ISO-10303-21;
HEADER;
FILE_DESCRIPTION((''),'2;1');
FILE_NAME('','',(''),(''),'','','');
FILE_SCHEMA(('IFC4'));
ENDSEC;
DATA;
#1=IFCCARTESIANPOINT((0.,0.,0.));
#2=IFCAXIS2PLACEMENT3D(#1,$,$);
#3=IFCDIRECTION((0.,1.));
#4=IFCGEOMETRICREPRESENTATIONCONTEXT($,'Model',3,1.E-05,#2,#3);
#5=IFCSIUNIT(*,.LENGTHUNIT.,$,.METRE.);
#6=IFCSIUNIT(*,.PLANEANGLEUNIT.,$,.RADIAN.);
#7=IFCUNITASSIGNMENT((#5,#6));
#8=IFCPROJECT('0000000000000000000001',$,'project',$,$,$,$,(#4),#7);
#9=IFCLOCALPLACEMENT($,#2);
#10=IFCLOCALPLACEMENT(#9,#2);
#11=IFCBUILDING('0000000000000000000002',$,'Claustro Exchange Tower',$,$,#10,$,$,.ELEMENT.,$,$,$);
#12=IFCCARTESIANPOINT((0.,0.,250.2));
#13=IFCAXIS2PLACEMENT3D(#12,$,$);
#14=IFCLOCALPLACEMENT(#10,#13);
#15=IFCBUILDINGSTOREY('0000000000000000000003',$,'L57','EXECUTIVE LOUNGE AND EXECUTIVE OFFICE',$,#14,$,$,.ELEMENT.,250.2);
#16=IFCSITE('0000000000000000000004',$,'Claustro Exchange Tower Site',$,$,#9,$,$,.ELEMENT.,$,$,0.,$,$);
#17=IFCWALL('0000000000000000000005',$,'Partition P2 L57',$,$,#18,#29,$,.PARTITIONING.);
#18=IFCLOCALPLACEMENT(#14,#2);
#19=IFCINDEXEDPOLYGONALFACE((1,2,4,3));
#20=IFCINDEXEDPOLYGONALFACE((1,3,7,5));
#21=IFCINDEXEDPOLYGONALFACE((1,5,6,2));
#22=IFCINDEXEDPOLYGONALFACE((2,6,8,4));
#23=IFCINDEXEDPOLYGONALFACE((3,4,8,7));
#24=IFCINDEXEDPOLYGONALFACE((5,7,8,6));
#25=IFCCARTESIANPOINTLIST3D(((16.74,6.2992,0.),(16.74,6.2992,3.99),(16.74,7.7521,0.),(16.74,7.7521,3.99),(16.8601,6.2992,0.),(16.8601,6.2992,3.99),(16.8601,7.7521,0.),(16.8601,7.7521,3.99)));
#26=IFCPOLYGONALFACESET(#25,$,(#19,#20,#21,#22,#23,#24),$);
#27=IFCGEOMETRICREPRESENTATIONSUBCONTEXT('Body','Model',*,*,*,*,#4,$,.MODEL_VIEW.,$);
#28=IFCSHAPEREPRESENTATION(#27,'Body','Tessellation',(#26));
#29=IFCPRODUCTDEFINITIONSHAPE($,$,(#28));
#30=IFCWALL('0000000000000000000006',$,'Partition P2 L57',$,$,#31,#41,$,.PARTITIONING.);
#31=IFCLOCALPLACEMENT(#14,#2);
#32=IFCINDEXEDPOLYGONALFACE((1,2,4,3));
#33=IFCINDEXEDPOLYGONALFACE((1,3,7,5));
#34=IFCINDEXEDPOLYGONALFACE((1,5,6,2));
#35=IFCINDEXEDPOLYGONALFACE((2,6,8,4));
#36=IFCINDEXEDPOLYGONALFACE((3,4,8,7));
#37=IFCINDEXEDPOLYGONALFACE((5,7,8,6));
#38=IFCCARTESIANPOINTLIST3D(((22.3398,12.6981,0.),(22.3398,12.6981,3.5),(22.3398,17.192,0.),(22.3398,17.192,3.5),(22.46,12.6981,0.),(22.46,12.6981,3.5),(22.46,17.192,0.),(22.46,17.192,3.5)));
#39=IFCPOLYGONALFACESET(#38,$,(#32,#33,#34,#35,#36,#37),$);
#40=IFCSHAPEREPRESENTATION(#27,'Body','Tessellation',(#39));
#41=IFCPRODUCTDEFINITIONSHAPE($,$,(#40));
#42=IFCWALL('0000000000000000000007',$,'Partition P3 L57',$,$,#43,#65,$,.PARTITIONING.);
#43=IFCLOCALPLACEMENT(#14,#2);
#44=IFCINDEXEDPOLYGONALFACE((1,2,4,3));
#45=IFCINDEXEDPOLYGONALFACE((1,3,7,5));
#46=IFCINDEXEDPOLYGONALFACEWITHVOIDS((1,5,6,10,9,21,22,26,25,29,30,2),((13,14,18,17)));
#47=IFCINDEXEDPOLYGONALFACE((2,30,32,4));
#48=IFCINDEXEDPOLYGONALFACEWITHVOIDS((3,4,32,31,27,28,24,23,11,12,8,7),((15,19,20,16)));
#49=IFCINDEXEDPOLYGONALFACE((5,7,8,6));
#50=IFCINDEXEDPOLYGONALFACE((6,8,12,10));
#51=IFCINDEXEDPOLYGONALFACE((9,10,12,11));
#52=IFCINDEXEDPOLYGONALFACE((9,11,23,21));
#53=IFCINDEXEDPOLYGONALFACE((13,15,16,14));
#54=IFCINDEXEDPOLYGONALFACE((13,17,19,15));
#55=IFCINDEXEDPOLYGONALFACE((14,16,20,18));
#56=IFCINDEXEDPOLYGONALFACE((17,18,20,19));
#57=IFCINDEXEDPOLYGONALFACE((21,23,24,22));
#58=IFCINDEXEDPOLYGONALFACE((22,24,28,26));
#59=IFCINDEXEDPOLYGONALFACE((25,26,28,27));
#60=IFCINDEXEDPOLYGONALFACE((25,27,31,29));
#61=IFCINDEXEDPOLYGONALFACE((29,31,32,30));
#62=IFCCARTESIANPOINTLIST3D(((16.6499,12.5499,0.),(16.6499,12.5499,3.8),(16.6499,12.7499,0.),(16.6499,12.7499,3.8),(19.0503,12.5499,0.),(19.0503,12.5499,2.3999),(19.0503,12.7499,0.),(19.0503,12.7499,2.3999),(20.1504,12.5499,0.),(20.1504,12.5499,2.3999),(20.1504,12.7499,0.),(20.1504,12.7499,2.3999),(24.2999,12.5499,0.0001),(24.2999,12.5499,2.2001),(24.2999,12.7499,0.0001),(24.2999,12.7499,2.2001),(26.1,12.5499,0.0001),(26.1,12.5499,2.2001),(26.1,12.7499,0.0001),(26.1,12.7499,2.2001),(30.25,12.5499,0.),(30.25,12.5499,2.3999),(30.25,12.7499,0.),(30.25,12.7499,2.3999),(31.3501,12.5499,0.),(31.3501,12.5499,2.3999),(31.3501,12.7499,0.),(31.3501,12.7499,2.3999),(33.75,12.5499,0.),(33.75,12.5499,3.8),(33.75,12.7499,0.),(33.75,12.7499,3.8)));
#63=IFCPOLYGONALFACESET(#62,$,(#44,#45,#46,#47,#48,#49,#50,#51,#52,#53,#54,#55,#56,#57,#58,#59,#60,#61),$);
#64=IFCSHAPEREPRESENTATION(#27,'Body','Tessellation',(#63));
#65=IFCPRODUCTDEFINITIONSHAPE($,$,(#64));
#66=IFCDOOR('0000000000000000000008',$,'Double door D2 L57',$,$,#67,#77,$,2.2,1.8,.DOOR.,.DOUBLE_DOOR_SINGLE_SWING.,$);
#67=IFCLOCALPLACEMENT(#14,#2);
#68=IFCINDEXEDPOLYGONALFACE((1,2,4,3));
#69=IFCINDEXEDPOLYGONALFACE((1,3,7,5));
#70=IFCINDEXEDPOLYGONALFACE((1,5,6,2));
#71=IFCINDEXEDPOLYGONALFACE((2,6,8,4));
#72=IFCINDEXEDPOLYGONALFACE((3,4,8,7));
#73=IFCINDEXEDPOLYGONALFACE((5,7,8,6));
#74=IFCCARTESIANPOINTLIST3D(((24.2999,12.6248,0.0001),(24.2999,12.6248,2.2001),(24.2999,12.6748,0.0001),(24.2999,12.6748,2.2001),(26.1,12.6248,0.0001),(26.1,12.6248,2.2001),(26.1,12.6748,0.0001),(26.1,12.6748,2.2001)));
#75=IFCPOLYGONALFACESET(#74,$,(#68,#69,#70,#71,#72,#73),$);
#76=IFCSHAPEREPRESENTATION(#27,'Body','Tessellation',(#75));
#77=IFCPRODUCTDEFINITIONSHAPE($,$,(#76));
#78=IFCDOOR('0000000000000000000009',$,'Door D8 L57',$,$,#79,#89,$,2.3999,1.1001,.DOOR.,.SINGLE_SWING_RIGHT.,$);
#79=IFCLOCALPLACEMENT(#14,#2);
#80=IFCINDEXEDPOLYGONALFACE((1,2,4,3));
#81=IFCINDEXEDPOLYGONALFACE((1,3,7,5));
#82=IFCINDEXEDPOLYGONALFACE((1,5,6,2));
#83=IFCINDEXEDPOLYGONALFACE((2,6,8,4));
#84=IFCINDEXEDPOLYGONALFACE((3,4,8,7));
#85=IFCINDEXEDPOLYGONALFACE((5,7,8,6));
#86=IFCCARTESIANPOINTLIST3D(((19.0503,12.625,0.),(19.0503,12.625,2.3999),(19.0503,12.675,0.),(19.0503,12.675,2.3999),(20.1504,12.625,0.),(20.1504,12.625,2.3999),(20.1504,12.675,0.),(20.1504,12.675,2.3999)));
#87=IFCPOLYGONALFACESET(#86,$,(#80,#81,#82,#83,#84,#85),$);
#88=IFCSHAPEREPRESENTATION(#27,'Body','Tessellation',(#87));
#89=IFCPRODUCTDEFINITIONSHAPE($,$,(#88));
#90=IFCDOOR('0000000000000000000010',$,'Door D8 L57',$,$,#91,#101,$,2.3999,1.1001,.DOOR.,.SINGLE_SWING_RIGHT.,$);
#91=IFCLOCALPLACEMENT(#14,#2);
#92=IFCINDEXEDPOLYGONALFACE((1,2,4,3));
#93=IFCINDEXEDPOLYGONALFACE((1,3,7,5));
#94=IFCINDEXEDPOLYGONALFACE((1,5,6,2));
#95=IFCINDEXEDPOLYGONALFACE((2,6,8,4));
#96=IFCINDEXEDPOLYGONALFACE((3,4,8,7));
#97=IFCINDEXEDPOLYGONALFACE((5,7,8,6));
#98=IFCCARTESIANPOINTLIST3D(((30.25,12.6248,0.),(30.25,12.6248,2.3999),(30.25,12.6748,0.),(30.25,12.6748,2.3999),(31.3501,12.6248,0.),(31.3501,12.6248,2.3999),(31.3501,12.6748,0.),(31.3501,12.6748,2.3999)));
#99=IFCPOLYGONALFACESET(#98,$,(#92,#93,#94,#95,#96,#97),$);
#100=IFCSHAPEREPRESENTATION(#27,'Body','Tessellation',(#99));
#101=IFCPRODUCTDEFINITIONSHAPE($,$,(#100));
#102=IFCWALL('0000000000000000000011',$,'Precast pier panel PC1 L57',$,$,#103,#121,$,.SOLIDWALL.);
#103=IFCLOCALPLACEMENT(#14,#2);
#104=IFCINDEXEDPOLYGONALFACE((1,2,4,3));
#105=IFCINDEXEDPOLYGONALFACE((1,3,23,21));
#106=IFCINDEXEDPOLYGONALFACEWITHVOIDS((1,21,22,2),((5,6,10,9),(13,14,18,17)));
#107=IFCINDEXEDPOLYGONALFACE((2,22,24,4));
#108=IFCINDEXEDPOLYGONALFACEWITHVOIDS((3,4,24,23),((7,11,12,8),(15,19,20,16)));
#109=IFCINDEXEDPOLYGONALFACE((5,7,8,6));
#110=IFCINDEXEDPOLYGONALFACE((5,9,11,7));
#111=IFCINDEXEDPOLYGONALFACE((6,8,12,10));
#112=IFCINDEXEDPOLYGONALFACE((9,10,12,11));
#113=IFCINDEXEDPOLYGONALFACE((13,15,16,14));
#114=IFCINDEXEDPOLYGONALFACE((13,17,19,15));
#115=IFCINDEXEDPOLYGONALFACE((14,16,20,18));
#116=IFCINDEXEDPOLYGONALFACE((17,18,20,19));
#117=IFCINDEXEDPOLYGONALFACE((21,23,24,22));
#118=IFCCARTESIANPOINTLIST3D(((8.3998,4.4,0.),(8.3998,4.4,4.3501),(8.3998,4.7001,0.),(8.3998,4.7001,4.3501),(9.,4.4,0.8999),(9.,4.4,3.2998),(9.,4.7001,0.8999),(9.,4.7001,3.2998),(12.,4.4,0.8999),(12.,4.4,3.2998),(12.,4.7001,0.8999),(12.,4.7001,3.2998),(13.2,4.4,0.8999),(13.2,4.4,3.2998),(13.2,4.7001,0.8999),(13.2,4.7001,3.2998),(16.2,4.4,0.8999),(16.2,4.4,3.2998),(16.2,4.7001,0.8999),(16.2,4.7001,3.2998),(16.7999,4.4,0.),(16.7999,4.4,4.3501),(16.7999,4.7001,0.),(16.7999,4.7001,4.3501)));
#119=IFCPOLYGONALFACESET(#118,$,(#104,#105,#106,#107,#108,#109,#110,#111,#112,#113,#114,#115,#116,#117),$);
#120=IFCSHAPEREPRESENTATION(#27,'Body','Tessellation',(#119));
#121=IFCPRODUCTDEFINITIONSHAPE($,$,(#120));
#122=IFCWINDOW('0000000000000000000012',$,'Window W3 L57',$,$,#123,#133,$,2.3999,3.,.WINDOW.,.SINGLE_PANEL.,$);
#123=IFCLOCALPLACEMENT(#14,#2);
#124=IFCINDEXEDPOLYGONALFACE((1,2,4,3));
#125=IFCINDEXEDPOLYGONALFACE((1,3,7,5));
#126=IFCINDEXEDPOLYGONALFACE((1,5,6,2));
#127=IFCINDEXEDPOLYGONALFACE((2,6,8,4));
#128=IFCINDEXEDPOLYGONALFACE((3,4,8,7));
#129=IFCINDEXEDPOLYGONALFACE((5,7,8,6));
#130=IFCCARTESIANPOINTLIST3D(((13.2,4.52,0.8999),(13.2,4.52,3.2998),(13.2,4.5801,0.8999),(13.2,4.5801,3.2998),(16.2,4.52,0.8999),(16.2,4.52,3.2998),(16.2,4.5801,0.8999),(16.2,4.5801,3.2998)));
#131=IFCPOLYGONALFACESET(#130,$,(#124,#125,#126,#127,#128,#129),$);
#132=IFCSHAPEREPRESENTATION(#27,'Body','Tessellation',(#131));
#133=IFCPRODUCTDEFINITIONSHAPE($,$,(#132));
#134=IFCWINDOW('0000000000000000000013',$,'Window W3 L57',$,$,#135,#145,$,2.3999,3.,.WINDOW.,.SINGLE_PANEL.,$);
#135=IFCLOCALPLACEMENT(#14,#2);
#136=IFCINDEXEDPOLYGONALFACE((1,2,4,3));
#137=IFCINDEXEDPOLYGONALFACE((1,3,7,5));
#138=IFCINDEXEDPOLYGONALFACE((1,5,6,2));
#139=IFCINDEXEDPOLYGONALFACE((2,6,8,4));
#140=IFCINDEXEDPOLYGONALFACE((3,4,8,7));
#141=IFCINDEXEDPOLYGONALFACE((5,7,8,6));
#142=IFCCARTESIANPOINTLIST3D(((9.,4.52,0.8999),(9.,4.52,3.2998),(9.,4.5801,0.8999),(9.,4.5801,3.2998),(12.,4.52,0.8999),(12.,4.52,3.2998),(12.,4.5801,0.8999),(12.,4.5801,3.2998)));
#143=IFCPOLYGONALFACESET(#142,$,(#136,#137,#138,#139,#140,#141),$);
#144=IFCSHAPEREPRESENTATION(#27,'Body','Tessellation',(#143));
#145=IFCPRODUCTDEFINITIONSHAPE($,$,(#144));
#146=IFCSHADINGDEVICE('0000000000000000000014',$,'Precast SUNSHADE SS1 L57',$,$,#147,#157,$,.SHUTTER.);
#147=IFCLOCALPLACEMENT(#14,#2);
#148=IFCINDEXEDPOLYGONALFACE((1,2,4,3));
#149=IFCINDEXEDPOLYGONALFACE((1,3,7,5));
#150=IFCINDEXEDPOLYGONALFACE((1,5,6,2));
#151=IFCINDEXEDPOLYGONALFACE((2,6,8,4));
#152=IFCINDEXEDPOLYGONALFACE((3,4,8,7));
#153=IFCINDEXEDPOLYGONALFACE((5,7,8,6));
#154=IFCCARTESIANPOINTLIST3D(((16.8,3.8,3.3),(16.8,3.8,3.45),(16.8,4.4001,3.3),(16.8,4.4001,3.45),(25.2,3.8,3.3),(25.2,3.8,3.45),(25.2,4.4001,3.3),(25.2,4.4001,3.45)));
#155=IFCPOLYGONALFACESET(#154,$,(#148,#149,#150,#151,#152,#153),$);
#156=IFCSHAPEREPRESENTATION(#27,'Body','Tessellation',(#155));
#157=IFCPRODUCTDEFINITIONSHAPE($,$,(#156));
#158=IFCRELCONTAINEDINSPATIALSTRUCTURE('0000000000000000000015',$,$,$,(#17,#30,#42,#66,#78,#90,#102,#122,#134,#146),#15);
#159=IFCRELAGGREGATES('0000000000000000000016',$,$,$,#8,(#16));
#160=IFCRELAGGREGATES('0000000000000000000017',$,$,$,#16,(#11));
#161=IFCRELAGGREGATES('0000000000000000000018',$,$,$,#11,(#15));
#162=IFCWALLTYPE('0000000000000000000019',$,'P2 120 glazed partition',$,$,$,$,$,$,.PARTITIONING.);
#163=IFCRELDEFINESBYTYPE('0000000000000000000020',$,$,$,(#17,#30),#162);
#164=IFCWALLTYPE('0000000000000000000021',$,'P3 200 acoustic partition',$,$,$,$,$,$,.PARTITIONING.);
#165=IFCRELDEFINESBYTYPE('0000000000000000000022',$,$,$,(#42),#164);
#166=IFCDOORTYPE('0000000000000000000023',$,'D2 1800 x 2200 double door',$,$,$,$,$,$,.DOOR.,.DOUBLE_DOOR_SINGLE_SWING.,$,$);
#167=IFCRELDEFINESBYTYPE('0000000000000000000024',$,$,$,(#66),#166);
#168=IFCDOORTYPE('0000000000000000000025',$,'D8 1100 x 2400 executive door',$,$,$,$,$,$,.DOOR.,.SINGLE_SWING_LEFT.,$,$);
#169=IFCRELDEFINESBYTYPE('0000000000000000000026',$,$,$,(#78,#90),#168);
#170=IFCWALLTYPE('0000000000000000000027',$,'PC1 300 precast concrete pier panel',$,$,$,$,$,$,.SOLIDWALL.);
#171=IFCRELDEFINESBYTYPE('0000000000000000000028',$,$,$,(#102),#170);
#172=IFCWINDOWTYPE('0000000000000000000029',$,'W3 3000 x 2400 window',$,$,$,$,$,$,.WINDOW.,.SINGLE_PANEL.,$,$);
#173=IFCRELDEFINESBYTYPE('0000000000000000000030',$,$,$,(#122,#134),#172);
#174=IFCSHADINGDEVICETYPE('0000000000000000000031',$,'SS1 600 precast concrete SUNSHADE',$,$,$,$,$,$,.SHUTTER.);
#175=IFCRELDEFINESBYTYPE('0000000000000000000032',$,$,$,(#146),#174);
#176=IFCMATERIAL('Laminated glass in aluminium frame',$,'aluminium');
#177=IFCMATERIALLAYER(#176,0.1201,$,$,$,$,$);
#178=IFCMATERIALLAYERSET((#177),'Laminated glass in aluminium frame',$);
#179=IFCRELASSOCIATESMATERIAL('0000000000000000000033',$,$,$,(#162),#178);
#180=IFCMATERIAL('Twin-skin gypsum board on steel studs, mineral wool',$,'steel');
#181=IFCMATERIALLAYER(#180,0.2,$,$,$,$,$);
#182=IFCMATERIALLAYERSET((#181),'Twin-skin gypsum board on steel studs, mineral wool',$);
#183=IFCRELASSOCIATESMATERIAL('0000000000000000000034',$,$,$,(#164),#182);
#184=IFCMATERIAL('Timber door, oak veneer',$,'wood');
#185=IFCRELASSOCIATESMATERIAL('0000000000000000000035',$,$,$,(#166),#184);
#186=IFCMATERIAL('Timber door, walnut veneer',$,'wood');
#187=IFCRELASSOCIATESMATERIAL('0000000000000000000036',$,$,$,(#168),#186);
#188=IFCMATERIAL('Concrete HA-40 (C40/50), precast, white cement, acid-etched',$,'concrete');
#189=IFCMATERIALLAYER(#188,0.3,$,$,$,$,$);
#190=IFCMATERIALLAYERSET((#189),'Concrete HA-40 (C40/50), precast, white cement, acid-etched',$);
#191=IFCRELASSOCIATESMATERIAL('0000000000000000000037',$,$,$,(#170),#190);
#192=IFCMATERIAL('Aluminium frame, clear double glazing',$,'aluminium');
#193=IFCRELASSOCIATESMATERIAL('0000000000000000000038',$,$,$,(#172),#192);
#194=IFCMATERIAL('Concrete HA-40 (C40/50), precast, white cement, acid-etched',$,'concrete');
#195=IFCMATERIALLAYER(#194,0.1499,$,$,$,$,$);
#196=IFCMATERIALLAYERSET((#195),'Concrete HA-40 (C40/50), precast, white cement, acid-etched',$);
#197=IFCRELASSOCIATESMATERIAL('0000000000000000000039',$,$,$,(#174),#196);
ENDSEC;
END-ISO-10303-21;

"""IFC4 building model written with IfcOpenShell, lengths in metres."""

from ifc_helpers import new_model, si_unit, direction, frame, frame_2d, origin, origin_2d, place, context, subcontext, project, spatial, rectangle, extrude, material, layer, layer_set, type_object, element, fill, save


model = new_model("IFC4")

# Units and contexts
model_context = context("Model", 3, precision=1e-05, world=origin(), true_north=direction((0.0, 1.0)))
body_context = subcontext(model_context, "Body", "Model", "MODEL_VIEW")
ifc_project = project(units=[si_unit("LENGTHUNIT", "METRE"), si_unit("PLANEANGLEUNIT", "RADIAN")], contexts=[model_context])

# Site, building, storey
site_placement = place(None, origin())
site = spatial("IfcSite", under=ifc_project, at=site_placement, Name="Claustro Exchange Tower Site", CompositionType="ELEMENT", RefElevation=0.0)
building_placement = place(site_placement, origin())
building = spatial("IfcBuilding", under=site, at=building_placement, Name="Claustro Exchange Tower", CompositionType="ELEMENT")
storey_placement = place(building_placement, frame((0.0, 0.0, 250.2)))
storey = spatial("IfcBuildingStorey", under=building, at=storey_placement, Name="L57", Description="EXECUTIVE LOUNGE AND EXECUTIVE OFFICE", CompositionType="ELEMENT", Elevation=250.2)

# Walls
ifc_material_1 = material(Name="Laminated glass in aluminium frame", Category="aluminium")
ifc_layer_1 = layer(ifc_material_1, 0.1201)
ifc_layer_set_1 = layer_set([ifc_layer_1], Name="Laminated glass in aluminium frame")
wall_type_1 = type_object("IfcWallType", Name="P2 120 glazed partition", PredefinedType="PARTITIONING", material=ifc_layer_set_1)
wall_1_placement = place(storey_placement, frame((16.8, 6.2991, 0.0), z_axis=(0.0, 0.0, 1.0), x_axis=(0.0, 1.0, 0.0)))
element("IfcWall", 1, at=wall_1_placement, inside=storey, type_object=wall_type_1, Name="Partition P2 L57", PredefinedType="PARTITIONING", context=body_context, shape_type="SweptSolid", body=[
    extrude(rectangle(XDim=1.4529, YDim=0.1201, at=frame_2d((0.7266, 0.0))), origin(), (0.0, 0.0, 1.0), 3.99),
])
wall_2_placement = place(storey_placement, frame((22.3999, 12.698, 0.0), z_axis=(0.0, 0.0, 1.0), x_axis=(0.0, 1.0, 0.0)))
element("IfcWall", 2, at=wall_2_placement, inside=storey, type_object=wall_type_1, Name="Partition P2 L57", PredefinedType="PARTITIONING", context=body_context, shape_type="SweptSolid", body=[
    extrude(rectangle(XDim=4.4939, YDim=0.1201, at=frame_2d((2.2471, 0.0))), origin(), (0.0, 0.0, 1.0), 3.5),
])

# Wall, openings, doors
ifc_material_2 = material(Name="Twin-skin gypsum board on steel studs, mineral wool", Category="steel")
ifc_layer_2 = layer(ifc_material_2, 0.2)
ifc_layer_set_2 = layer_set([ifc_layer_2], Name="Twin-skin gypsum board on steel studs, mineral wool")
wall_type_2 = type_object("IfcWallType", Name="P3 200 acoustic partition", PredefinedType="PARTITIONING", material=ifc_layer_set_2)
wall_3_placement = place(storey_placement, frame((16.6499, 12.6499, 0.0), z_axis=(0.0, 0.0, 1.0), x_axis=(1.0, 0.0, 0.0)))
wall_3 = element("IfcWall", 3, at=wall_3_placement, inside=storey, type_object=wall_type_2, Name="Partition P3 L57", PredefinedType="PARTITIONING", context=body_context, shape_type="SweptSolid", body=[
    extrude(rectangle(XDim=17.1001, YDim=0.2, at=frame_2d((8.55, 0.0))), origin(), (0.0, 0.0, 1.0), 3.8),
])
opening_1_placement = place(wall_3_placement, frame((2.4004, 0.0, 0.0)))
opening_1 = element("IfcOpeningElement", 4, at=opening_1_placement, cuts=wall_3, PredefinedType="OPENING", context=body_context, shape_type="SweptSolid", body=[
    extrude(rectangle(XDim=1.1001, YDim=2.3999, at=frame_2d((0.55, 1.2))), frame((0.0, 0.1099, 0.0), z_axis=(0.0, -1.0, 0.0), x_axis=(1.0, 0.0, 0.0)), (0.0, 0.0, 1.0), 0.22),
])
opening_2_placement = place(wall_3_placement, frame((7.6501, 0.0, 0.0)))
opening_2 = element("IfcOpeningElement", 5, at=opening_2_placement, cuts=wall_3, PredefinedType="OPENING", context=body_context, shape_type="SweptSolid", body=[
    extrude(rectangle(XDim=1.8, YDim=2.2, at=frame_2d((0.8999, 1.1001))), frame((0.0, 0.1099, 0.0), z_axis=(0.0, -1.0, 0.0), x_axis=(1.0, 0.0, 0.0)), (0.0, 0.0, 1.0), 0.22),
])
opening_3_placement = place(wall_3_placement, frame((13.6001, 0.0, 0.0)))
opening_3 = element("IfcOpeningElement", 6, at=opening_3_placement, cuts=wall_3, PredefinedType="OPENING", context=body_context, shape_type="SweptSolid", body=[
    extrude(rectangle(XDim=1.1001, YDim=2.3999, at=frame_2d((0.55, 1.2))), frame((0.0, 0.1099, 0.0), z_axis=(0.0, -1.0, 0.0), x_axis=(1.0, 0.0, 0.0)), (0.0, 0.0, 1.0), 0.22),
])
ifc_material_3 = material(Name="Timber door, oak veneer", Category="wood")
door_type_1 = type_object("IfcDoorType", Name="D2 1800 x 2200 double door", OperationType="DOUBLE_DOOR_SINGLE_SWING", PredefinedType="DOOR", material=ifc_material_3)
door_1_placement = place(opening_2_placement, origin())
door_1 = element("IfcDoor", 7, at=door_1_placement, inside=storey, type_object=door_type_1, Name="Double door D2 L57", OperationType="DOUBLE_DOOR_SINGLE_SWING", OverallHeight=2.2, OverallWidth=1.8, PredefinedType="DOOR", context=body_context, shape_type="SweptSolid", body=[
    extrude(rectangle(XDim=1.8, YDim=2.2, at=frame_2d((0.8999, 1.1001))), frame((0.0, 0.0249, 0.0), z_axis=(0.0, -1.0, 0.0), x_axis=(1.0, 0.0, 0.0)), (0.0, 0.0, 1.0), 0.05),
])
fill(opening_2, door_1)
ifc_material_4 = material(Name="Timber door, walnut veneer", Category="wood")
door_type_2 = type_object("IfcDoorType", Name="D8 1100 x 2400 executive door", OperationType="SINGLE_SWING_LEFT", PredefinedType="DOOR", material=ifc_material_4)
door_2_placement = place(opening_1_placement, frame((1.1001, 0.0, 0.0), z_axis=(0.0, 0.0, 1.0), x_axis=(-1.0, 0.0, 0.0)))
door_2 = element("IfcDoor", 8, at=door_2_placement, inside=storey, type_object=door_type_2, Name="Door D8 L57", OperationType="SINGLE_SWING_RIGHT", OverallHeight=2.3999, OverallWidth=1.1001, PredefinedType="DOOR", context=body_context, shape_type="SweptSolid", body=[
    extrude(rectangle(XDim=1.1001, YDim=2.3999, at=frame_2d((0.55, 1.2))), frame((0.0, 0.0249, 0.0), z_axis=(0.0, -1.0, 0.0), x_axis=(1.0, 0.0, 0.0)), (0.0, 0.0, 1.0), 0.05),
])
fill(opening_1, door_2)
door_3_placement = place(opening_3_placement, origin())
door_3 = element("IfcDoor", 9, at=door_3_placement, inside=storey, type_object=door_type_2, Name="Door D8 L57", OperationType="SINGLE_SWING_RIGHT", OverallHeight=2.3999, OverallWidth=1.1001, PredefinedType="DOOR", context=body_context, shape_type="SweptSolid", body=[
    extrude(rectangle(XDim=1.1001, YDim=2.3999, at=frame_2d((0.55, 1.2))), frame((0.0, 0.0249, 0.0), z_axis=(0.0, -1.0, 0.0), x_axis=(1.0, 0.0, 0.0)), (0.0, 0.0, 1.0), 0.05),
])
fill(opening_3, door_3)

# Wall, openings, windows
ifc_material_5 = material(Name="Concrete HA-40 (C40/50), precast, white cement, acid-etched", Category="concrete")
ifc_layer_3 = layer(ifc_material_5, 0.3)
ifc_layer_set_3 = layer_set([ifc_layer_3], Name="Concrete HA-40 (C40/50), precast, white cement, acid-etched")
wall_type_3 = type_object("IfcWallType", Name="PC1 300 precast concrete pier panel", PredefinedType="SOLIDWALL", material=ifc_layer_set_3)
wall_4_placement = place(storey_placement, frame((16.8, 4.55, 0.0), z_axis=(0.0, 0.0, 1.0), x_axis=(-1.0, 0.0, 0.0)))
wall_4 = element("IfcWall", 10, at=wall_4_placement, inside=storey, type_object=wall_type_3, Name="Precast pier panel PC1 L57", PredefinedType="SOLIDWALL", context=body_context, shape_type="SweptSolid", body=[
    extrude(rectangle(XDim=8.4001, YDim=0.3, at=frame_2d((4.2002, 0.0))), origin(), (0.0, 0.0, 1.0), 4.3501),
])
opening_4_placement = place(wall_4_placement, frame((0.6001, 0.0, 0.8999)))
opening_4 = element("IfcOpeningElement", 11, at=opening_4_placement, cuts=wall_4, PredefinedType="OPENING", context=body_context, shape_type="SweptSolid", body=[
    extrude(rectangle(XDim=3.0, YDim=2.3999, at=frame_2d((1.5, 1.2))), frame((0.0, 0.1599, 0.0), z_axis=(0.0, -1.0, 0.0), x_axis=(1.0, 0.0, 0.0)), (0.0, 0.0, 1.0), 0.3201),
])
opening_5_placement = place(wall_4_placement, frame((4.8, 0.0, 0.8999)))
opening_5 = element("IfcOpeningElement", 12, at=opening_5_placement, cuts=wall_4, PredefinedType="OPENING", context=body_context, shape_type="SweptSolid", body=[
    extrude(rectangle(XDim=3.0, YDim=2.3999, at=frame_2d((1.5, 1.2))), frame((0.0, 0.1599, 0.0), z_axis=(0.0, -1.0, 0.0), x_axis=(1.0, 0.0, 0.0)), (0.0, 0.0, 1.0), 0.3201),
])
ifc_material_6 = material(Name="Aluminium frame, clear double glazing", Category="aluminium")
window_type = type_object("IfcWindowType", Name="W3 3000 x 2400 window", PartitioningType="SINGLE_PANEL", PredefinedType="WINDOW", material=ifc_material_6)
window_1_placement = place(opening_4_placement, origin())
window_1 = element("IfcWindow", 13, at=window_1_placement, inside=storey, type_object=window_type, Name="Window W3 L57", OverallHeight=2.3999, OverallWidth=3.0, PartitioningType="SINGLE_PANEL", PredefinedType="WINDOW", context=body_context, shape_type="SweptSolid", body=[
    extrude(rectangle(XDim=3.0, YDim=2.3999, at=frame_2d((1.5, 1.2))), frame((0.0, 0.03, 0.0), z_axis=(0.0, -1.0, 0.0), x_axis=(1.0, 0.0, 0.0)), (0.0, 0.0, 1.0), 0.0601),
])
fill(opening_4, window_1)
window_2_placement = place(opening_5_placement, origin())
window_2 = element("IfcWindow", 14, at=window_2_placement, inside=storey, type_object=window_type, Name="Window W3 L57", OverallHeight=2.3999, OverallWidth=3.0, PartitioningType="SINGLE_PANEL", PredefinedType="WINDOW", context=body_context, shape_type="SweptSolid", body=[
    extrude(rectangle(XDim=3.0, YDim=2.3999, at=frame_2d((1.5, 1.2))), frame((0.0, 0.03, 0.0), z_axis=(0.0, -1.0, 0.0), x_axis=(1.0, 0.0, 0.0)), (0.0, 0.0, 1.0), 0.0601),
])
fill(opening_5, window_2)

# Shading device
ifc_material_7 = material(Name="Concrete HA-40 (C40/50), precast, white cement, acid-etched", Category="concrete")
ifc_layer_4 = layer(ifc_material_7, 0.1499)
ifc_layer_set_4 = layer_set([ifc_layer_4], Name="Concrete HA-40 (C40/50), precast, white cement, acid-etched")
shading_device_type = type_object("IfcShadingDeviceType", Name="SS1 600 precast concrete SUNSHADE", PredefinedType="SHUTTER", material=ifc_layer_set_4)
shading_device_placement = place(storey_placement, frame((21.0, 4.1001, 3.3), z_axis=(0.0, 0.0, 1.0), x_axis=(-1.0, 0.0, 0.0)))
element("IfcShadingDevice", 15, at=shading_device_placement, inside=storey, type_object=shading_device_type, Name="Precast SUNSHADE SS1 L57", PredefinedType="SHUTTER", context=body_context, shape_type="SweptSolid", body=[
    extrude(rectangle(XDim=8.3999, YDim=0.6001, at=origin_2d()), origin(), (0.0, 0.0, 1.0), 0.1499),
])

save(model, "model.ifc")
